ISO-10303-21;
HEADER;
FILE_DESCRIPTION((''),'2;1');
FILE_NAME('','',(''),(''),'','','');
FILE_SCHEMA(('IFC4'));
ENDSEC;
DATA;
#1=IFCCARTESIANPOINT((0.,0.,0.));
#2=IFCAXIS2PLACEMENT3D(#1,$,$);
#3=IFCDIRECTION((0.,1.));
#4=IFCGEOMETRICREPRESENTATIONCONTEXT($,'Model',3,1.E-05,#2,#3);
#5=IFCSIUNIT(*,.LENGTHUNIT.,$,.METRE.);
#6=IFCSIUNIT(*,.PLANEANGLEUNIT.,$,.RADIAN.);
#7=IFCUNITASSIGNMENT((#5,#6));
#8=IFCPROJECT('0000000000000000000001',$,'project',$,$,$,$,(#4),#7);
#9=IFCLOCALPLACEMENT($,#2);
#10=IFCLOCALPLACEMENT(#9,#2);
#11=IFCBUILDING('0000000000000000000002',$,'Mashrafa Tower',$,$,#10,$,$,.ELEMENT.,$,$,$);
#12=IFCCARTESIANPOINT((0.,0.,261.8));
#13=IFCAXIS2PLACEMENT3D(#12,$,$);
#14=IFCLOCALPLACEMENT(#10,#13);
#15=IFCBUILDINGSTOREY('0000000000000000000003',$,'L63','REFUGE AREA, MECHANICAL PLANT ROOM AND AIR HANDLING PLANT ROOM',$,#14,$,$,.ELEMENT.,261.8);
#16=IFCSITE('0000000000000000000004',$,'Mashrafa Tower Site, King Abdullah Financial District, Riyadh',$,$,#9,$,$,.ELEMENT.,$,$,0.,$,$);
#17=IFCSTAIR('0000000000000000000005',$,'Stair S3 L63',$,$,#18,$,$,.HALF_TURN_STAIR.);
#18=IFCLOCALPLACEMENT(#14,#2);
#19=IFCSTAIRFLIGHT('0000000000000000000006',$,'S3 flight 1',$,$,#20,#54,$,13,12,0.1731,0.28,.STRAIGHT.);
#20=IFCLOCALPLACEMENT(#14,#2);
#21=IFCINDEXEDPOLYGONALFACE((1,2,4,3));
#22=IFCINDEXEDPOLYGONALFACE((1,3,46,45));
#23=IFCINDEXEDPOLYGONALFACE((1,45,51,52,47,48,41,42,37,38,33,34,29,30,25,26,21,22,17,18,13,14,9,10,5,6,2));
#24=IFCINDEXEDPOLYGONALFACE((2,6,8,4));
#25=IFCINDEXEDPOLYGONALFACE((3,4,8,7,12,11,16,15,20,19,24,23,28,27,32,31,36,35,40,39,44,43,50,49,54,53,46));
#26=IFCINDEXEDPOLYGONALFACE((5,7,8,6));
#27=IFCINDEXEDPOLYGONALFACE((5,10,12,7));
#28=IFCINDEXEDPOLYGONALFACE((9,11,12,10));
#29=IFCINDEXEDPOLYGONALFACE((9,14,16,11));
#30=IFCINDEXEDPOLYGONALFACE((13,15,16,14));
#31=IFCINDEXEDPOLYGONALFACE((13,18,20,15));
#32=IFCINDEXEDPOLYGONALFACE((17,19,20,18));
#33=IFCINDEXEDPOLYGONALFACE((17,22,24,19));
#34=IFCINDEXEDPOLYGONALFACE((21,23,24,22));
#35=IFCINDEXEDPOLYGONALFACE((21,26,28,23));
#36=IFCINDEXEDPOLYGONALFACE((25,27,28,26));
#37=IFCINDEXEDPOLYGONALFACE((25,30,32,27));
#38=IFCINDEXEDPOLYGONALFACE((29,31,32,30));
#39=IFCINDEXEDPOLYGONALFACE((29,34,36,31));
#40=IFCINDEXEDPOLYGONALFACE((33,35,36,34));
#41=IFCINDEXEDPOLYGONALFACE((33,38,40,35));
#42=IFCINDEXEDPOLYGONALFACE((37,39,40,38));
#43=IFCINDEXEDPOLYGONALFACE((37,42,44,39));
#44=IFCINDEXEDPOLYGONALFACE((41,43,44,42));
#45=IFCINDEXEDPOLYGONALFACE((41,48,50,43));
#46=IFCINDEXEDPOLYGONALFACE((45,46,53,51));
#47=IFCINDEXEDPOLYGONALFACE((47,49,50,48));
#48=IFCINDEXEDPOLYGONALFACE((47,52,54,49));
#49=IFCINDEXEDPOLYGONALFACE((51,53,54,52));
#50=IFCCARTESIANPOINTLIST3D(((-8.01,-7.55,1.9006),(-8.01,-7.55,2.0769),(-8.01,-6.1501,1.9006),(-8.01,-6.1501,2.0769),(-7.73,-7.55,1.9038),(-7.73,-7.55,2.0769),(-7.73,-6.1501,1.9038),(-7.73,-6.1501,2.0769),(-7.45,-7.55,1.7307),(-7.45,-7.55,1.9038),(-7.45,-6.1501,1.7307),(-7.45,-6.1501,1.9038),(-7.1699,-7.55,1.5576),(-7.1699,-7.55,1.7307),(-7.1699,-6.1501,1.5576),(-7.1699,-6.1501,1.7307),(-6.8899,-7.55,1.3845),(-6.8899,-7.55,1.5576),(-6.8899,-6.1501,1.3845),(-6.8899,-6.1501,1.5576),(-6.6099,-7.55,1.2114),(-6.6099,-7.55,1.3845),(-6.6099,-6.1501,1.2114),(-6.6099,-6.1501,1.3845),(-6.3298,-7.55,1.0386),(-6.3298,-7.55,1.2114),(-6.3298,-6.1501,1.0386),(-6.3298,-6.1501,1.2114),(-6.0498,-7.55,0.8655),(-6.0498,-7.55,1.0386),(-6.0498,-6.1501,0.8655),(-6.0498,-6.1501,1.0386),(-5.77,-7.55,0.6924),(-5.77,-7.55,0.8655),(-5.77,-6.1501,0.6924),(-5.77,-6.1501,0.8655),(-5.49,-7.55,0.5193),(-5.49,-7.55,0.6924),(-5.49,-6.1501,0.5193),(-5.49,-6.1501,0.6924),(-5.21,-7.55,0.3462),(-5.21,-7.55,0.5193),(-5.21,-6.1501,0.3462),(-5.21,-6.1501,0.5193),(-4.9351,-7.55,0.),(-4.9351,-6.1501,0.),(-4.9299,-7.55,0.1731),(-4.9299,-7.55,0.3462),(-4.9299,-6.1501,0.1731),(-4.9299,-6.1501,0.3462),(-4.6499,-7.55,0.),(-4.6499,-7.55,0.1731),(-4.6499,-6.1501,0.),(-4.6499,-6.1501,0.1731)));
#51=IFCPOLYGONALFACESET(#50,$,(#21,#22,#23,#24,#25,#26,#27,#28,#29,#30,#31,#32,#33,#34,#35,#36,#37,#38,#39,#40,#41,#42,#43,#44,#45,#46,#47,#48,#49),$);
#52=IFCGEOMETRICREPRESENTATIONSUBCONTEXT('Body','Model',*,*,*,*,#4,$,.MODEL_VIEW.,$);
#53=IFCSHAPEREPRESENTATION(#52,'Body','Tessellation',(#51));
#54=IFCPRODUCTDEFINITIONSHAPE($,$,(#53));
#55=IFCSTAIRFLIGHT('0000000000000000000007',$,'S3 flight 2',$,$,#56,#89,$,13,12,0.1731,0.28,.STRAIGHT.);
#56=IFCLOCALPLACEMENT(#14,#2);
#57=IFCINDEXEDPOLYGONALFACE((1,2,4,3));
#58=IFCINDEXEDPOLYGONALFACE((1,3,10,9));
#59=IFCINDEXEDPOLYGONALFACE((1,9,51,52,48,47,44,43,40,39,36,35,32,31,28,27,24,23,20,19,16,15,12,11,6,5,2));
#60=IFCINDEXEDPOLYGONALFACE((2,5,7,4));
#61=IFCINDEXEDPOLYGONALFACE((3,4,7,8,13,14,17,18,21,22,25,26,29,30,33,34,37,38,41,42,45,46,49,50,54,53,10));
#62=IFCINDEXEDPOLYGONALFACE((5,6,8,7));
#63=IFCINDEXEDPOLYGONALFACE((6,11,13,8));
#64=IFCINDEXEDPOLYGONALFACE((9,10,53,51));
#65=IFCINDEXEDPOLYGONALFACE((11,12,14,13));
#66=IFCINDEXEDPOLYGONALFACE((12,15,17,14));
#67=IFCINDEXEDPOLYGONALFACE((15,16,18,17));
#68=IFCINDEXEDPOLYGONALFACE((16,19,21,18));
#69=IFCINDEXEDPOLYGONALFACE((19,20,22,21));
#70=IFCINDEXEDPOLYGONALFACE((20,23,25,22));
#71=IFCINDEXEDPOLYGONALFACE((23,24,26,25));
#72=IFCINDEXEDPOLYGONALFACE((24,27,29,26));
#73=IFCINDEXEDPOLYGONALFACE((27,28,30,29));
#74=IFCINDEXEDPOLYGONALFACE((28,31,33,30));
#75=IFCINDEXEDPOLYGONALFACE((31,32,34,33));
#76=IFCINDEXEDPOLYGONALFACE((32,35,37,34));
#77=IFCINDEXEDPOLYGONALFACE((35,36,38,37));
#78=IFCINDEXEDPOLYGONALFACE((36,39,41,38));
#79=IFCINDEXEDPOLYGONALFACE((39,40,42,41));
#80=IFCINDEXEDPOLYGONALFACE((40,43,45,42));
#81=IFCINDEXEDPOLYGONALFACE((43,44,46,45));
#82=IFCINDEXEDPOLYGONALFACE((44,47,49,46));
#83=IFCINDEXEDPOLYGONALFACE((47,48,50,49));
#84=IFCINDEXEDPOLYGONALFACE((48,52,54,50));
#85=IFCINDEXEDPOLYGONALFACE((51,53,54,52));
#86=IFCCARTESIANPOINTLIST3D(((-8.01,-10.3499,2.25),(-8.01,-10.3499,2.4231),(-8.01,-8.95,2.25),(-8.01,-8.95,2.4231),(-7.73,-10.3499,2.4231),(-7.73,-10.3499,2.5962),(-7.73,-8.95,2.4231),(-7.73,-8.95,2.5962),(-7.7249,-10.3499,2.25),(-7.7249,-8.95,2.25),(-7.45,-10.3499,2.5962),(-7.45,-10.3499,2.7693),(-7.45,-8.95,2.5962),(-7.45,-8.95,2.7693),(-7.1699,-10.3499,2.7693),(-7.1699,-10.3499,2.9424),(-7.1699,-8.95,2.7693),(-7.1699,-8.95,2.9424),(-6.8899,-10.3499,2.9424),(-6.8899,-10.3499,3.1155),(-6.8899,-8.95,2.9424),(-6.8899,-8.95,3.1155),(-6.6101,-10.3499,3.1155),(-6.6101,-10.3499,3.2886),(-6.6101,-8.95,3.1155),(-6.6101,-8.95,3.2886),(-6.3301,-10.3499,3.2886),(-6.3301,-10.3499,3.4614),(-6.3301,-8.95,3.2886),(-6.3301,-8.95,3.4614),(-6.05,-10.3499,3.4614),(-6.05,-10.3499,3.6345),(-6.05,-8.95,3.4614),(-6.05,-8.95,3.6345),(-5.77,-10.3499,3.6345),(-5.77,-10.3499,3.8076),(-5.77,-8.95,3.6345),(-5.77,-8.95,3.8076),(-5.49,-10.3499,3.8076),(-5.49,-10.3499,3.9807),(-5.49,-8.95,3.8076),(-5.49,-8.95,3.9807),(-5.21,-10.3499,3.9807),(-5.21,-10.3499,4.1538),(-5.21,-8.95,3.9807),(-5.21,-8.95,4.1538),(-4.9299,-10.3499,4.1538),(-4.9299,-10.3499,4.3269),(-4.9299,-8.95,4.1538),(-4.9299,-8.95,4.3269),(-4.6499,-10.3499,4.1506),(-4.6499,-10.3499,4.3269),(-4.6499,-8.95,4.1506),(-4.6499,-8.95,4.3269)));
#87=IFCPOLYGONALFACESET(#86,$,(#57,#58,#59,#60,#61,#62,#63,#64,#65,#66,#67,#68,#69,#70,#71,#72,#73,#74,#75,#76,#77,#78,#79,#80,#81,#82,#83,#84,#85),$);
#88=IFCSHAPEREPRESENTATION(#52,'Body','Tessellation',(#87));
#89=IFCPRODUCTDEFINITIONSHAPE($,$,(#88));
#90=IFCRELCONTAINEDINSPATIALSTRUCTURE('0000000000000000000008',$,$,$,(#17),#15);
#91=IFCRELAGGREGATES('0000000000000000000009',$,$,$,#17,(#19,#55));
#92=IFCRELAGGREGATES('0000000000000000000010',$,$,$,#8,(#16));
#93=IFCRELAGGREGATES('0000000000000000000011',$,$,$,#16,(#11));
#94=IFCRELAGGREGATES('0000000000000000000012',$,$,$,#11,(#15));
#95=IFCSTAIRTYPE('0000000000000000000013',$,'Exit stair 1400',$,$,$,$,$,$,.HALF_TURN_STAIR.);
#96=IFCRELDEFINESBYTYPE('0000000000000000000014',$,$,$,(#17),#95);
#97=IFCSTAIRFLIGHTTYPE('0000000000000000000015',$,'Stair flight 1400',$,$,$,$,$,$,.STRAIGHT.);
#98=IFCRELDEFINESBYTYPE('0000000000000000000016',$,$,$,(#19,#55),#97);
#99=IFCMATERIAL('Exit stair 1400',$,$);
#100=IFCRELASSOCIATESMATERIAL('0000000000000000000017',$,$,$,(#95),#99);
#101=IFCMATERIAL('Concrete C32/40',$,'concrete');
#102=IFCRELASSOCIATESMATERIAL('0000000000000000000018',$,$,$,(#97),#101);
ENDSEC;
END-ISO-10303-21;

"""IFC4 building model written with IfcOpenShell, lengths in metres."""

from ifc_helpers import new_model, si_unit, direction, frame, origin, place, context, subcontext, project, spatial, polyline, outline, extrude, material, type_object, element, aggregate, save


model = new_model("IFC4")

# Units and contexts
model_context = context("Model", 3, precision=1e-05, world=origin(), true_north=direction((0.0, 1.0)))
body_context = subcontext(model_context, "Body", "Model", "MODEL_VIEW")
ifc_project = project(units=[si_unit("LENGTHUNIT", "METRE"), si_unit("PLANEANGLEUNIT", "RADIAN")], contexts=[model_context])

# Site, building, storey
site_placement = place(None, origin())
site = spatial("IfcSite", under=ifc_project, at=site_placement, Name="Mashrafa Tower Site, King Abdullah Financial District, Riyadh", CompositionType="ELEMENT", RefElevation=0.0)
building_placement = place(site_placement, origin())
building = spatial("IfcBuilding", under=site, at=building_placement, Name="Mashrafa Tower", CompositionType="ELEMENT")
storey_placement = place(building_placement, frame((0.0, 0.0, 261.8)))
storey = spatial("IfcBuildingStorey", under=building, at=storey_placement, Name="L63", Description="REFUGE AREA, MECHANICAL PLANT ROOM AND AIR HANDLING PLANT ROOM", CompositionType="ELEMENT", Elevation=261.8)

# Stair, stair flights
ifc_material_1 = material(Name="Exit stair 1400")
stair_type = type_object("IfcStairType", Name="Exit stair 1400", PredefinedType="HALF_TURN_STAIR", material=ifc_material_1)
stair_placement = place(storey_placement, origin())
stair = element("IfcStair", 1, at=stair_placement, inside=storey, type_object=stair_type, Name="Stair S3 L63", PredefinedType="HALF_TURN_STAIR")
ifc_material_2 = material(Name="Concrete C32/40", Category="concrete")
stair_flight_type = type_object("IfcStairFlightType", Name="Stair flight 1400", PredefinedType="STRAIGHT", material=ifc_material_2)
stair_flight_1_placement = place(storey_placement, frame((-4.6499, -6.8501, 0.0), z_axis=(0.0, 0.0, 1.0), x_axis=(-1.0, 0.0, 0.0)))
stair_flight_1 = element("IfcStairFlight", 2, at=stair_flight_1_placement, type_object=stair_flight_type, Name="S3 flight 1", NumberOfRisers=13, NumberOfTreads=12, PredefinedType="STRAIGHT", RiserHeight=0.1731, TreadLength=0.28, context=body_context, shape_type="SweptSolid", body=[
    extrude(outline(polyline([(0.0, 0.0), (0.0, 0.1731), (0.28, 0.1731), (0.28, 0.3462), (0.5601, 0.3462), (0.5601, 0.5193), (0.8401, 0.5193), (0.8401, 0.6924), (1.1201, 0.6924), (1.1201, 0.8655), (1.3999, 0.8655), (1.3999, 1.0386), (1.6799, 1.0386), (1.6799, 1.2114), (1.96, 1.2114), (1.96, 1.3845), (2.24, 1.3845), (2.24, 1.5576), (2.52, 1.5576), (2.52, 1.7307), (2.8, 1.7307), (2.8, 1.9038), (3.0801, 1.9038), (3.0801, 2.0769), (3.3601, 2.0769), (3.3601, 2.25), (3.3601, 1.9006), (0.2852, 0.0), (0.0, 0.0)])), frame((0.0, 0.7, 0.0), z_axis=(0.0, -1.0, 0.0), x_axis=(1.0, 0.0, 0.0)), (0.0, 0.0, 1.0), 1.3999),
])
stair_flight_2_placement = place(storey_placement, frame((-8.01, -9.6499, 2.25), z_axis=(0.0, 0.0, 1.0), x_axis=(1.0, 0.0, 0.0)))
stair_flight_2 = element("IfcStairFlight", 3, at=stair_flight_2_placement, type_object=stair_flight_type, Name="S3 flight 2", NumberOfRisers=13, NumberOfTreads=12, PredefinedType="STRAIGHT", RiserHeight=0.1731, TreadLength=0.28, context=body_context, shape_type="SweptSolid", body=[
    extrude(outline(polyline([(0.0, 0.0), (0.0, 0.1731), (0.28, 0.1731), (0.28, 0.3462), (0.5601, 0.3462), (0.5601, 0.5193), (0.8401, 0.5193), (0.8401, 0.6924), (1.1201, 0.6924), (1.1201, 0.8655), (1.3999, 0.8655), (1.3999, 1.0386), (1.6799, 1.0386), (1.6799, 1.2114), (1.96, 1.2114), (1.96, 1.3845), (2.24, 1.3845), (2.24, 1.5576), (2.52, 1.5576), (2.52, 1.7307), (2.8, 1.7307), (2.8, 1.9038), (3.0801, 1.9038), (3.0801, 2.0769), (3.3601, 2.0769), (3.3601, 2.25), (3.3601, 1.9006), (0.2852, 0.0), (0.0, 0.0)])), frame((0.0, 0.7, 0.0), z_axis=(0.0, -1.0, 0.0), x_axis=(1.0, 0.0, 0.0)), (0.0, 0.0, 1.0), 1.3999),
])
aggregate(stair, [stair_flight_1, stair_flight_2])

save(model, "model.ifc")
